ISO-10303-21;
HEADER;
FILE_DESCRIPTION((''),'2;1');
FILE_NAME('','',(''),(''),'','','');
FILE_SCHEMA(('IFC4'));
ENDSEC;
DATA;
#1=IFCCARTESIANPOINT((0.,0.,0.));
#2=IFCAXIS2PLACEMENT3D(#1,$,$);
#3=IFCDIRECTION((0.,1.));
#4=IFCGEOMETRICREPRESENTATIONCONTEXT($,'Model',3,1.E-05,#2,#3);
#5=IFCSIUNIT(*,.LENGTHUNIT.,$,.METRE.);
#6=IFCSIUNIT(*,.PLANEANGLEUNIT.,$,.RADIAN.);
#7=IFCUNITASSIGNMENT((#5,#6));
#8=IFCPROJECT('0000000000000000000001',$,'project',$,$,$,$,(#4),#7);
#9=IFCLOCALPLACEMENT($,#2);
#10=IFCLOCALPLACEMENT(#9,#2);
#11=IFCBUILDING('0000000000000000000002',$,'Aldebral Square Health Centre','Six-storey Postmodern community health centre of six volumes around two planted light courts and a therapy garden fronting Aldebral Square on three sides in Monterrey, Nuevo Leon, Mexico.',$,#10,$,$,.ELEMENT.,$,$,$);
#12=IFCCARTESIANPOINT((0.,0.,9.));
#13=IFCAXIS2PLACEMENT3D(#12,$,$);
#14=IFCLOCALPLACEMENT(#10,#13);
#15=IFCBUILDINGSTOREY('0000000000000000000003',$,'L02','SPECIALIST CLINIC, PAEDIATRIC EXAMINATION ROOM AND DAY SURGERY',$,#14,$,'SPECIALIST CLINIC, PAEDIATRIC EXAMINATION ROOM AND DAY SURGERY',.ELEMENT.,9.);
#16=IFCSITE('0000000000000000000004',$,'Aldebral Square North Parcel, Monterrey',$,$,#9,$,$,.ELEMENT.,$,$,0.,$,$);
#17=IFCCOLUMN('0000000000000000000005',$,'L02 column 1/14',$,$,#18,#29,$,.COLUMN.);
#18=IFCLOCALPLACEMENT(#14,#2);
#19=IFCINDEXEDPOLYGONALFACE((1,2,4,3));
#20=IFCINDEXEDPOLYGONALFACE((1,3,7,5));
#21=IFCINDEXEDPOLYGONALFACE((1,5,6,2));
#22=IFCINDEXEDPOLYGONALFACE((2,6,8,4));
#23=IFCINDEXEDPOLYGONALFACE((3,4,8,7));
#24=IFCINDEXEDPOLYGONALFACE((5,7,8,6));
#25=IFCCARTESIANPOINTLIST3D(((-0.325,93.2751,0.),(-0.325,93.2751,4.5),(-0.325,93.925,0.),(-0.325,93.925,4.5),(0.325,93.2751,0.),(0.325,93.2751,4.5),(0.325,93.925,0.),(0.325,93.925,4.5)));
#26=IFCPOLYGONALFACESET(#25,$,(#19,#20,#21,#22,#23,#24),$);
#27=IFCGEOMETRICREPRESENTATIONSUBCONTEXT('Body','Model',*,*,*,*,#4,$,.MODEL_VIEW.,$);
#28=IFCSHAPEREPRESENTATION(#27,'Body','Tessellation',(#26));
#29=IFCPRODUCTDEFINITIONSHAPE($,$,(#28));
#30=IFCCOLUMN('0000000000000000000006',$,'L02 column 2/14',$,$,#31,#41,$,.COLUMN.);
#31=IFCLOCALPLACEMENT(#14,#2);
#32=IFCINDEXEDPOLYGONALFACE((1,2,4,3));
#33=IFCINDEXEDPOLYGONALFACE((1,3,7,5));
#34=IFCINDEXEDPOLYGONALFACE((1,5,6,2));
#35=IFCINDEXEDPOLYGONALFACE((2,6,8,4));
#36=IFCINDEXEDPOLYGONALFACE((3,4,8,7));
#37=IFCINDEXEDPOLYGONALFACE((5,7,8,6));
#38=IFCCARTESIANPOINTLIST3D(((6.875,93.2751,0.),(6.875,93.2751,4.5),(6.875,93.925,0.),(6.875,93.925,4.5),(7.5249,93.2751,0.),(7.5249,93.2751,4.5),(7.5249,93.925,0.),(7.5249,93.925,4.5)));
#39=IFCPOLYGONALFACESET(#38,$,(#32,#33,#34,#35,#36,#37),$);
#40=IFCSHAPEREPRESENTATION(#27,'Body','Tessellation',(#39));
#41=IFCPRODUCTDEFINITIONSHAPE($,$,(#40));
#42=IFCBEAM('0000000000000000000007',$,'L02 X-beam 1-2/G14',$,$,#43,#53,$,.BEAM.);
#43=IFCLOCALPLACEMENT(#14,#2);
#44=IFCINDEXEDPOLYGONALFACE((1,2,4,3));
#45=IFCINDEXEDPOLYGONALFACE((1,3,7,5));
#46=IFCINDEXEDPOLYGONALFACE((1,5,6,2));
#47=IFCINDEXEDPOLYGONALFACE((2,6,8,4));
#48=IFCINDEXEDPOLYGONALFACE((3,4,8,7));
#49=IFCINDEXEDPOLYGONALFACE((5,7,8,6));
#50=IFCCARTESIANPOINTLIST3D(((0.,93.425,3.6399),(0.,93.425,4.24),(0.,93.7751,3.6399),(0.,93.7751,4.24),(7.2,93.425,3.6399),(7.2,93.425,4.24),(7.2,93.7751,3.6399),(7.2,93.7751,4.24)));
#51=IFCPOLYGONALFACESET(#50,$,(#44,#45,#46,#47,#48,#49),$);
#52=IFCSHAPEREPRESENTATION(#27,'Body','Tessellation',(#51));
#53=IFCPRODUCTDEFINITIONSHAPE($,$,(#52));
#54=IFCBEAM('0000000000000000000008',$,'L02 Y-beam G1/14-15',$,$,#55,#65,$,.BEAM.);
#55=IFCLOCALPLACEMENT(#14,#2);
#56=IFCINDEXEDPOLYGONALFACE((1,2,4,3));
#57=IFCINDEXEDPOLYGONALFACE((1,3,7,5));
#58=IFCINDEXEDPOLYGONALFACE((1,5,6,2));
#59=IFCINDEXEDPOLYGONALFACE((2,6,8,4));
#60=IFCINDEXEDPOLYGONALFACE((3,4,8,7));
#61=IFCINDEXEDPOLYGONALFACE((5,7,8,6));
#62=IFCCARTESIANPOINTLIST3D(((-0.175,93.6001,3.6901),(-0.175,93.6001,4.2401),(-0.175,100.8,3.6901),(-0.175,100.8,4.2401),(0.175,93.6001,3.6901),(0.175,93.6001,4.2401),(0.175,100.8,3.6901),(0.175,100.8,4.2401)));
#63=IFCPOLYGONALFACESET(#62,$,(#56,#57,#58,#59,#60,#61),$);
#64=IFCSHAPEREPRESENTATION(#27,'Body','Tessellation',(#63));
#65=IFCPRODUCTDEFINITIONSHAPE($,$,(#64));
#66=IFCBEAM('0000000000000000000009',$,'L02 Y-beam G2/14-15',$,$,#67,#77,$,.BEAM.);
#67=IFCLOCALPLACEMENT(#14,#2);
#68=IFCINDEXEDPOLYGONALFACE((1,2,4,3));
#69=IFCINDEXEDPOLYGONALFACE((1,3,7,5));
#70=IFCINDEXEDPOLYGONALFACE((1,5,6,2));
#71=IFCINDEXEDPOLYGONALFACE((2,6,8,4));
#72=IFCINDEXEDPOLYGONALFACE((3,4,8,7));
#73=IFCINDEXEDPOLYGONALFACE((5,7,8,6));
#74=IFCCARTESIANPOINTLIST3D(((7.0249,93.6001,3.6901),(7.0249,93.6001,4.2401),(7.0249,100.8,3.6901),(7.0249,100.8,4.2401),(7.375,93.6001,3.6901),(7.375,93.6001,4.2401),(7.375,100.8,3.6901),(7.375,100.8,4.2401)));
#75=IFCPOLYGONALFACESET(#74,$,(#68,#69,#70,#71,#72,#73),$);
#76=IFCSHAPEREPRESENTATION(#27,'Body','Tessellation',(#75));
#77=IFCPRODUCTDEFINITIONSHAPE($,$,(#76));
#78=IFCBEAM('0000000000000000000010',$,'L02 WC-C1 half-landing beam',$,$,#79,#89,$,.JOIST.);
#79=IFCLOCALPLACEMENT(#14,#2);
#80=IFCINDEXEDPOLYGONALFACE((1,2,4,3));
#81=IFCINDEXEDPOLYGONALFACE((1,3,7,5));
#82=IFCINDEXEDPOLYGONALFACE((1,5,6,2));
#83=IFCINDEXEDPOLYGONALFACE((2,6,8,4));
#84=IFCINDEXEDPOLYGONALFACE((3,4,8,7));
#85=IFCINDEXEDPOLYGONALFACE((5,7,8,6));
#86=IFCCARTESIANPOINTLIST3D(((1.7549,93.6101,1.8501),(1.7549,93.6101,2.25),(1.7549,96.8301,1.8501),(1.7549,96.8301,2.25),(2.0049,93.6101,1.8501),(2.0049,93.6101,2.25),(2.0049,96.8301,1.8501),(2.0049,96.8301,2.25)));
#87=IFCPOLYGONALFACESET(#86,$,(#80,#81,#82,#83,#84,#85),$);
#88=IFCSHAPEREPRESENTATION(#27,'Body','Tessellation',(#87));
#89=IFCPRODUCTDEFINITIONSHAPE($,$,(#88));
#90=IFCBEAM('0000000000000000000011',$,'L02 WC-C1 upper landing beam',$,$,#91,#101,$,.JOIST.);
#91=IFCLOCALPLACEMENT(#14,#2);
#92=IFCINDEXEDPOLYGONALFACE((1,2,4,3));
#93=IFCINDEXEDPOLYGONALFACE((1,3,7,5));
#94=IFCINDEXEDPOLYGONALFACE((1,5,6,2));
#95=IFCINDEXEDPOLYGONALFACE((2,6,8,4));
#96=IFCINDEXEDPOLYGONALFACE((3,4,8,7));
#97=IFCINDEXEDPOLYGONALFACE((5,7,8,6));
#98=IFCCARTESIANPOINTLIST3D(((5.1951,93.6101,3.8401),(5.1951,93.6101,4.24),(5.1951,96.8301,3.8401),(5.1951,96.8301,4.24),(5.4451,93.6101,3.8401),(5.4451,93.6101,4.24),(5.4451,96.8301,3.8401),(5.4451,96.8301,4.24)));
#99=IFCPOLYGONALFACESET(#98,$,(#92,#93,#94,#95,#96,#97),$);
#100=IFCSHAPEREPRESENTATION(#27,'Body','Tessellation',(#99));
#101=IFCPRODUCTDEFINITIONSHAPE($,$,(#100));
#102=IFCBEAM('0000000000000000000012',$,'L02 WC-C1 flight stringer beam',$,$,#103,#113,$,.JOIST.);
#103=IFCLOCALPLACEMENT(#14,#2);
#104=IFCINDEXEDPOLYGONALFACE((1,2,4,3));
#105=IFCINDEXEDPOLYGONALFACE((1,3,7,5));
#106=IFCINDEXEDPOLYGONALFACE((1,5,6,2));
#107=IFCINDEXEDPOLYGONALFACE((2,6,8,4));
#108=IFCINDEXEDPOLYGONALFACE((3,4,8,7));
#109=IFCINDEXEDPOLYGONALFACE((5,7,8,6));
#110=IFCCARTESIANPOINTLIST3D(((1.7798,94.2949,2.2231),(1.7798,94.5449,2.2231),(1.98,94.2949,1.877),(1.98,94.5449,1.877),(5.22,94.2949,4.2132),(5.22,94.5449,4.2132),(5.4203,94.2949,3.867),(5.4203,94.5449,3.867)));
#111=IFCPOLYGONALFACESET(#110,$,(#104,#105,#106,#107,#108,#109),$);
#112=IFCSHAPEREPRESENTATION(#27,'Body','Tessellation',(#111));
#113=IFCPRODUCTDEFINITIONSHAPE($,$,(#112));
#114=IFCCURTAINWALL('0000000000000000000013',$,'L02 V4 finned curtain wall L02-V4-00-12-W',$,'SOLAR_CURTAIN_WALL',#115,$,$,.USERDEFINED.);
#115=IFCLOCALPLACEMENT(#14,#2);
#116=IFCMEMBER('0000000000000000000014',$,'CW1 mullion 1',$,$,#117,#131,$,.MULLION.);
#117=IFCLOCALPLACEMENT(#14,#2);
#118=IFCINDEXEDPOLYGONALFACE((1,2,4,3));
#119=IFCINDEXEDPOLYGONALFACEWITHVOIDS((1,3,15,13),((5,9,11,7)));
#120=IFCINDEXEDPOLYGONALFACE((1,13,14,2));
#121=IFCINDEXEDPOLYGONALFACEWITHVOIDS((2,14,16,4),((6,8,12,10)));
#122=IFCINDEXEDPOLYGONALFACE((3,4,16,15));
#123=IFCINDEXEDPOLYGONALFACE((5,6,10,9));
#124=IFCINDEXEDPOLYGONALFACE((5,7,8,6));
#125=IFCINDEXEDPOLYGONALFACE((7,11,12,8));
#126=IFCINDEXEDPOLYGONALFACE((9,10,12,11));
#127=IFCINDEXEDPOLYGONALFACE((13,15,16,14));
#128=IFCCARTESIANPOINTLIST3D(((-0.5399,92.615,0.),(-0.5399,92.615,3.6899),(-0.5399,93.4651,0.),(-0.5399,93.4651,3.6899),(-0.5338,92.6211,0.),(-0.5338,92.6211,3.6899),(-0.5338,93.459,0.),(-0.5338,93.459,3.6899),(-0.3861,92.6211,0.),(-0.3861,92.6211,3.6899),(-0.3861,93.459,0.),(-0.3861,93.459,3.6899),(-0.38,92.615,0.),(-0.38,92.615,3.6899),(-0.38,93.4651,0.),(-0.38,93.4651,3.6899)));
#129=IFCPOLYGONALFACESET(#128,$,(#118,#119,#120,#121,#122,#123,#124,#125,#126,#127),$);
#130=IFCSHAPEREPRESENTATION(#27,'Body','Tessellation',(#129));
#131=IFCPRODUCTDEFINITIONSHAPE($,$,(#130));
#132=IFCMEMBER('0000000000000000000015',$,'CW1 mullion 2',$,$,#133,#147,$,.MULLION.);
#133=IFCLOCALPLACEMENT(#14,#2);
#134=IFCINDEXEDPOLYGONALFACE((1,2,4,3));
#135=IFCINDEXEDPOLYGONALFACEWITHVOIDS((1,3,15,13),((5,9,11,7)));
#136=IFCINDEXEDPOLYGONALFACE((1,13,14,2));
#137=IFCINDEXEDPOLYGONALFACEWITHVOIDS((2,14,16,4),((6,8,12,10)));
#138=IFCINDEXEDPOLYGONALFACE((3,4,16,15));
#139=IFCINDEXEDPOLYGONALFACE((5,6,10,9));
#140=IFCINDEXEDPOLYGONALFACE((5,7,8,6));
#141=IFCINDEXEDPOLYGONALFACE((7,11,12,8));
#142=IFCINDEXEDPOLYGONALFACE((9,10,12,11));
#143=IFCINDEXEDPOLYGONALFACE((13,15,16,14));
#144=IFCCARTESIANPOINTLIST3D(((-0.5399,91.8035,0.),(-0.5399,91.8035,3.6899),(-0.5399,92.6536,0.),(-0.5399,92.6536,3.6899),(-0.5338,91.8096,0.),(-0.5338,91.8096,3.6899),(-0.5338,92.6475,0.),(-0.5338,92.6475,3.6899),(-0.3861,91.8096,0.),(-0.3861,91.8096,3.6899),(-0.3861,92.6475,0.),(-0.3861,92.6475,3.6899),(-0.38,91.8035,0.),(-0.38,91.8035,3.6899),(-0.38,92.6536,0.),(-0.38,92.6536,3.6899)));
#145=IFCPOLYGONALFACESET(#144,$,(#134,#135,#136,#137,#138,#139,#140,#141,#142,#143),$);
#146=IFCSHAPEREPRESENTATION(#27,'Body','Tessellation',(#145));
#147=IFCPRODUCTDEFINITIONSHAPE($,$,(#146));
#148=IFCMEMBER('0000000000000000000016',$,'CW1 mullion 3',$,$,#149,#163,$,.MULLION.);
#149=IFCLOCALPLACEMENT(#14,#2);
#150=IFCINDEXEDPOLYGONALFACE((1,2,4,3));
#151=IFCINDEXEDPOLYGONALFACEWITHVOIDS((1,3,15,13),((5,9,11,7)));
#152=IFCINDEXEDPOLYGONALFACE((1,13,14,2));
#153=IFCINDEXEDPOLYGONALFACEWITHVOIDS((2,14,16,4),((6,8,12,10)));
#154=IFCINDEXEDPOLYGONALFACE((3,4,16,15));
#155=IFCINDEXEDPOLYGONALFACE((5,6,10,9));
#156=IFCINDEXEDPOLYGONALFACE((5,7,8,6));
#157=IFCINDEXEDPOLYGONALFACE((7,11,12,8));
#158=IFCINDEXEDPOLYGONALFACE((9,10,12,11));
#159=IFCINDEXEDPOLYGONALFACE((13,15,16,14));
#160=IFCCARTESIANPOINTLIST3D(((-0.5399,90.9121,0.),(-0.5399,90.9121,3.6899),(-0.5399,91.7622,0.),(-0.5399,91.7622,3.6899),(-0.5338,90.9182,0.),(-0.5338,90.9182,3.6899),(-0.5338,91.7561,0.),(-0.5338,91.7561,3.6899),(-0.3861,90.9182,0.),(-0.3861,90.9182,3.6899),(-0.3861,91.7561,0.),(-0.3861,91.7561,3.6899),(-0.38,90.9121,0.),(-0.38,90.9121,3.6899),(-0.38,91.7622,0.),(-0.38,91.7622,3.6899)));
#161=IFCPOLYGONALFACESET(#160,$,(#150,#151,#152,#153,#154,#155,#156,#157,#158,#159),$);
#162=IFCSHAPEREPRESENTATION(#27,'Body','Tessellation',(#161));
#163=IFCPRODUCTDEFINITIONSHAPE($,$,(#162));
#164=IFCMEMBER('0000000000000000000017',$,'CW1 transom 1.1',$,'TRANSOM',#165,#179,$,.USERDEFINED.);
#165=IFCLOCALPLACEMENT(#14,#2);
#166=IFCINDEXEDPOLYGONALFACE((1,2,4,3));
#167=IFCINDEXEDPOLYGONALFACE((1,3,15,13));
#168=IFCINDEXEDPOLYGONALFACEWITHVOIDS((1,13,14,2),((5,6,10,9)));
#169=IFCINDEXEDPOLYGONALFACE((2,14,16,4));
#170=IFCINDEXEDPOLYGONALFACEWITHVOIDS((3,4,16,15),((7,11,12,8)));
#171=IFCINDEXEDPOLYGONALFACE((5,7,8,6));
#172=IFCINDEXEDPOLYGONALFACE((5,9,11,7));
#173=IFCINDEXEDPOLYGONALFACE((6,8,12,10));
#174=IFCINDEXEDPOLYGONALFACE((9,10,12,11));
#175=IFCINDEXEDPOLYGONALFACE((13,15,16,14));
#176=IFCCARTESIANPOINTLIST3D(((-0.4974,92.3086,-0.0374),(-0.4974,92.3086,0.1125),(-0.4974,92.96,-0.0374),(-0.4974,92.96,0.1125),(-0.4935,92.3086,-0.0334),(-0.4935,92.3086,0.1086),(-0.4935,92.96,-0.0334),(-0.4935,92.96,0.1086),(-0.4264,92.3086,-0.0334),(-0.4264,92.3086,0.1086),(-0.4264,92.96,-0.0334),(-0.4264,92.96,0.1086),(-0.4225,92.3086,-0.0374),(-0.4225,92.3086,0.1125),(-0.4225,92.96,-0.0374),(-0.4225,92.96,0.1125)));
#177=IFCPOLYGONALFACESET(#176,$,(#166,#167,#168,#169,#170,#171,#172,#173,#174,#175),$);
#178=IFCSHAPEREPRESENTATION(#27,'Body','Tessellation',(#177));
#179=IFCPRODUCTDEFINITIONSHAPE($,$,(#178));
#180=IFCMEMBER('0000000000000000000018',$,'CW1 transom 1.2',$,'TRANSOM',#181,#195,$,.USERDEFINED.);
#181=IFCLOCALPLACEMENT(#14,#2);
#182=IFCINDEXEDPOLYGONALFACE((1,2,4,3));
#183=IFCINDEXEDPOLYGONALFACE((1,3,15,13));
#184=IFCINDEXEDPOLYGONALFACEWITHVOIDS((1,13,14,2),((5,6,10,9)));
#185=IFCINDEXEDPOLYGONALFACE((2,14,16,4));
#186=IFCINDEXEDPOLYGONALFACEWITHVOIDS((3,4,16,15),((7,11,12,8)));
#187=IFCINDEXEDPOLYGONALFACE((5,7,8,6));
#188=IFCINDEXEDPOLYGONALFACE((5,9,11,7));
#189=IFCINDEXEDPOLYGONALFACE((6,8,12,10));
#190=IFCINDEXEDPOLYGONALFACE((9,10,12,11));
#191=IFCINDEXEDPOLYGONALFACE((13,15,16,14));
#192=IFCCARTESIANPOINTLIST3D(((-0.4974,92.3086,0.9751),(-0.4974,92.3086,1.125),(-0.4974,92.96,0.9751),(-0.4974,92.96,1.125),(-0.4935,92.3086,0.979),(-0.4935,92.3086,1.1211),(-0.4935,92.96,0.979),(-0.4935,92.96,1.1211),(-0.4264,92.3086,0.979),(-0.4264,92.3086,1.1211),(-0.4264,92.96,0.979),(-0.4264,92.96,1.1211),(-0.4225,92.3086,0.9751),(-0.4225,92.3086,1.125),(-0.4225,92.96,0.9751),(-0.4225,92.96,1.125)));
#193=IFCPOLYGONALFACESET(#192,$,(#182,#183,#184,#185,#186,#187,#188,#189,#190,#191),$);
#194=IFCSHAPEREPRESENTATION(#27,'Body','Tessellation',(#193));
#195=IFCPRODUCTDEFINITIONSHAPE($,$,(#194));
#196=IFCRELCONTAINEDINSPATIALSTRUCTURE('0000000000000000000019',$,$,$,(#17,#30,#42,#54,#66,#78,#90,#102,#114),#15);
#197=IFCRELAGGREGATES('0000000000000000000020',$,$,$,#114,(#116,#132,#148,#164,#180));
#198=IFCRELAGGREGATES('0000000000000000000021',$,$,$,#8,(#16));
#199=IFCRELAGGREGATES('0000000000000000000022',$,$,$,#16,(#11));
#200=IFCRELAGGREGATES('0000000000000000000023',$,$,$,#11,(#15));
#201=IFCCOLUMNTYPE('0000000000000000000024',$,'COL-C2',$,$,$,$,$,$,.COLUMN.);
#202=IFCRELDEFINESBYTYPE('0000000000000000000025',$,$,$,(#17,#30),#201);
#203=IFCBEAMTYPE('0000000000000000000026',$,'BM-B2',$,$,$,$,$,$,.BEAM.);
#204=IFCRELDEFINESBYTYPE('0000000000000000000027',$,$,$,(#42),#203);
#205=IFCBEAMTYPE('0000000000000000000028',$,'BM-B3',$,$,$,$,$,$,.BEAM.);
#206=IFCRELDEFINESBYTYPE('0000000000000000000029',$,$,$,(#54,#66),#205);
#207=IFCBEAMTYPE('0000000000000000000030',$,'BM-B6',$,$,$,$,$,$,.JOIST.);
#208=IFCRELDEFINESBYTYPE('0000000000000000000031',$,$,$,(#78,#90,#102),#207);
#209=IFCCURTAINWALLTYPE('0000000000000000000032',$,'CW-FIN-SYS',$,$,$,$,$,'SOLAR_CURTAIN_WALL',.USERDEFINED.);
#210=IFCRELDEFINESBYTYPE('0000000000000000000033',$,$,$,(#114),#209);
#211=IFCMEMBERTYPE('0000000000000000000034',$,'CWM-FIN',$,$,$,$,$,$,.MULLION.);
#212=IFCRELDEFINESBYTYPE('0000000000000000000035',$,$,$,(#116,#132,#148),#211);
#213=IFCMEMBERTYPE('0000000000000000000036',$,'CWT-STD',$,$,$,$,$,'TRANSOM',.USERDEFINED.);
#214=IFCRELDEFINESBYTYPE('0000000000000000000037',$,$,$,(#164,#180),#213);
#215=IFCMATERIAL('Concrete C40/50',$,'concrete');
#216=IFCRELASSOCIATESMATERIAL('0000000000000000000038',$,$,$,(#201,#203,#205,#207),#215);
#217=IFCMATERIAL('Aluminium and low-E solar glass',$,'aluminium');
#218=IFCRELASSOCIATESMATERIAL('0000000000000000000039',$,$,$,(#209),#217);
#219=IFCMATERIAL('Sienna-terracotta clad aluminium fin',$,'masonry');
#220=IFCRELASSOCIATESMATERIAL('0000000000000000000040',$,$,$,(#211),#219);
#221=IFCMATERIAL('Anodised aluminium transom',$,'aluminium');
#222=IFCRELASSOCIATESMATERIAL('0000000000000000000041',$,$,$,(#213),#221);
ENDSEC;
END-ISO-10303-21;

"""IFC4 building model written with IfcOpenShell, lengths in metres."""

from ifc_helpers import new_model, si_unit, direction, frame, origin, origin_2d, place, context, subcontext, project, spatial, rectangle, hollow_rectangle, extrude, material, material_profile, profile_set, type_object, element, aggregate, save


model = new_model("IFC4")

# Units and contexts
model_context = context("Model", 3, precision=1e-05, world=origin(), true_north=direction((0.0, 1.0)))
body_context = subcontext(model_context, "Body", "Model", "MODEL_VIEW")
ifc_project = project(units=[si_unit("LENGTHUNIT", "METRE"), si_unit("PLANEANGLEUNIT", "RADIAN")], contexts=[model_context])

# Site, building, storey
site_placement = place(None, origin())
site = spatial("IfcSite", under=ifc_project, at=site_placement, Name="Aldebral Square North Parcel, Monterrey", CompositionType="ELEMENT", RefElevation=0.0)
building_placement = place(site_placement, origin())
building = spatial("IfcBuilding", under=site, at=building_placement, Name="Aldebral Square Health Centre", Description="Six-storey Postmodern community health centre of six volumes around two planted light courts and a therapy garden fronting Aldebral Square on three sides in Monterrey, Nuevo Leon, Mexico.", CompositionType="ELEMENT")
storey_placement = place(building_placement, frame((0.0, 0.0, 9.0)))
storey = spatial("IfcBuildingStorey", under=building, at=storey_placement, Name="L02", Description="SPECIALIST CLINIC, PAEDIATRIC EXAMINATION ROOM AND DAY SURGERY", LongName="SPECIALIST CLINIC, PAEDIATRIC EXAMINATION ROOM AND DAY SURGERY", CompositionType="ELEMENT", Elevation=9.0)

# Columns
ifc_material_1 = material(Name="Concrete C40/50", Category="concrete")
ifc_material_profile_1 = material_profile(ifc_material_1, rectangle(XDim=0.6499, YDim=0.6499, at=origin_2d()), Name="RC 650x650")
ifc_profile_set_1 = profile_set([ifc_material_profile_1], Name="Concrete C40/50")
column_type = type_object("IfcColumnType", Name="COL-C2", PredefinedType="COLUMN", material=ifc_profile_set_1)
for number, where, z_axis, x_axis, name in (
    (1, (0.0, 93.6001, 0.0), (0.0, 0.0, 1.0), (1.0, 0.0, 0.0), "L02 column 1/14"),
    (2, (7.2, 93.6001, 0.0), (0.0, 0.0, 1.0), (1.0, 0.0, 0.0), "L02 column 2/14"),
):
    element("IfcColumn", number, at=place(storey_placement, frame(where, z_axis=z_axis, x_axis=x_axis)), inside=storey, type_object=column_type, Name=name, PredefinedType="COLUMN", context=body_context, shape_type="SweptSolid", body=[
        extrude(rectangle(XDim=0.6499, YDim=0.6499, at=origin_2d()), origin(), (0.0, 0.0, 1.0), 4.5),
    ])

# Beams
ifc_material_profile_2 = material_profile(ifc_material_1, rectangle(XDim=0.3501, YDim=0.6001, at=origin_2d()), Name="RC 350x600")
ifc_profile_set_2 = profile_set([ifc_material_profile_2], Name="Concrete C40/50")
beam_type_1 = type_object("IfcBeamType", Name="BM-B2", PredefinedType="BEAM", material=ifc_profile_set_2)
beam_1_placement = place(storey_placement, frame((0.0, 93.6001, 3.9399), z_axis=(1.0, 0.0, 0.0), x_axis=(0.0, 1.0, 0.0)))
element("IfcBeam", 3, at=beam_1_placement, inside=storey, type_object=beam_type_1, Name="L02 X-beam 1-2/G14", PredefinedType="BEAM", context=body_context, shape_type="SweptSolid", body=[
    extrude(rectangle(XDim=0.3501, YDim=0.6001, at=origin_2d()), origin(), (0.0, 0.0, 1.0), 7.2),
])
ifc_material_profile_3 = material_profile(ifc_material_1, rectangle(XDim=0.3501, YDim=0.55, at=origin_2d()), Name="RC 350x550")
ifc_profile_set_3 = profile_set([ifc_material_profile_3], Name="Concrete C40/50")
beam_type_2 = type_object("IfcBeamType", Name="BM-B3", PredefinedType="BEAM", material=ifc_profile_set_3)
for number, where, z_axis, x_axis, name in (
    (4, (0.0, 93.6001, 3.9651), (0.0, 1.0, 0.0), (-1.0, 0.0, 0.0), "L02 Y-beam G1/14-15"),
    (5, (7.2, 93.6001, 3.9651), (0.0, 1.0, 0.0), (-1.0, 0.0, 0.0), "L02 Y-beam G2/14-15"),
):
    element("IfcBeam", number, at=place(storey_placement, frame(where, z_axis=z_axis, x_axis=x_axis)), inside=storey, type_object=beam_type_2, Name=name, PredefinedType="BEAM", context=body_context, shape_type="SweptSolid", body=[
        extrude(rectangle(XDim=0.3501, YDim=0.55, at=origin_2d()), origin(), (0.0, 0.0, 1.0), 7.2),
    ])
ifc_material_profile_4 = material_profile(ifc_material_1, rectangle(XDim=0.25, YDim=0.3999, at=origin_2d()), Name="RC 250x400")
ifc_profile_set_4 = profile_set([ifc_material_profile_4], Name="Concrete C40/50")
beam_type_3 = type_object("IfcBeamType", Name="BM-B6", PredefinedType="JOIST", material=ifc_profile_set_4)
for number, where, z_axis, x_axis, name in (
    (6, (1.8799, 93.6101, 2.05), (0.0, 1.0, 0.0), (-1.0, 0.0, 0.0), "L02 WC-C1 half-landing beam"),
    (7, (5.3201, 93.6101, 4.04), (0.0, 1.0, 0.0), (-1.0, 0.0, 0.0), "L02 WC-C1 upper landing beam"),
):
    element("IfcBeam", number, at=place(storey_placement, frame(where, z_axis=z_axis, x_axis=x_axis)), inside=storey, type_object=beam_type_3, Name=name, PredefinedType="JOIST", context=body_context, shape_type="SweptSolid", body=[
        extrude(rectangle(XDim=0.25, YDim=0.3999, at=origin_2d()), origin(), (0.0, 0.0, 1.0), 3.22),
    ])
beam_2_placement = place(storey_placement, frame((1.8799, 94.4199, 2.05), z_axis=(0.865611, 0.0, 0.500717), x_axis=(0.0, 1.0, 0.0)))
element("IfcBeam", 8, at=beam_2_placement, inside=storey, type_object=beam_type_3, Name="L02 WC-C1 flight stringer beam", PredefinedType="JOIST", context=body_context, shape_type="SweptSolid", body=[
    extrude(rectangle(XDim=0.25, YDim=0.3999, at=origin_2d()), origin(), (0.0, 0.0, 1.0), 3.9744),
])

# Curtain wall, members
ifc_material_2 = material(Name="Aluminium and low-E solar glass", Category="aluminium")
curtain_wall_type = type_object("IfcCurtainWallType", Name="CW-FIN-SYS", ElementType="SOLAR_CURTAIN_WALL", PredefinedType="USERDEFINED", material=ifc_material_2)
curtain_wall_placement = place(storey_placement, origin())
curtain_wall = element("IfcCurtainWall", 9, at=curtain_wall_placement, inside=storey, type_object=curtain_wall_type, Name="L02 V4 finned curtain wall L02-V4-00-12-W", ObjectType="SOLAR_CURTAIN_WALL", PredefinedType="USERDEFINED")
ifc_material_3 = material(Name="Sienna-terracotta clad aluminium fin", Category="masonry")
ifc_material_profile_5 = material_profile(ifc_material_3, hollow_rectangle(XDim=0.1599, YDim=0.8501, WallThickness=0.0061, at=origin_2d()), Name="FIN 160x850x6")
ifc_profile_set_5 = profile_set([ifc_material_profile_5], Name="Sienna-terracotta clad aluminium fin")
member_type_1 = type_object("IfcMemberType", Name="CWM-FIN", PredefinedType="MULLION", material=ifc_profile_set_5)
member_1_placement = place(storey_placement, frame((-0.46, 93.04, 0.0), z_axis=(0.0, 0.0, 1.0), x_axis=(1.0, 0.0, 0.0)))
member_1 = element("IfcMember", 10, at=member_1_placement, type_object=member_type_1, Name="CW1 mullion 1", PredefinedType="MULLION", context=body_context, shape_type="SweptSolid", body=[
    extrude(hollow_rectangle(XDim=0.1599, YDim=0.8501, WallThickness=0.0061, at=origin_2d()), origin(), (0.0, 0.0, 1.0), 3.6899),
])
member_2_placement = place(storey_placement, frame((-0.46, 92.2285, 0.0), z_axis=(0.0, 0.0, 1.0), x_axis=(1.0, 0.0, 0.0)))
member_2 = element("IfcMember", 11, at=member_2_placement, type_object=member_type_1, Name="CW1 mullion 2", PredefinedType="MULLION", context=body_context, shape_type="SweptSolid", body=[
    extrude(hollow_rectangle(XDim=0.1599, YDim=0.8501, WallThickness=0.0061, at=origin_2d()), origin(), (0.0, 0.0, 1.0), 3.6899),
])
member_3_placement = place(storey_placement, frame((-0.46, 91.3372, 0.0), z_axis=(0.0, 0.0, 1.0), x_axis=(1.0, 0.0, 0.0)))
member_3 = element("IfcMember", 12, at=member_3_placement, type_object=member_type_1, Name="CW1 mullion 3", PredefinedType="MULLION", context=body_context, shape_type="SweptSolid", body=[
    extrude(hollow_rectangle(XDim=0.1599, YDim=0.8501, WallThickness=0.0061, at=origin_2d()), origin(), (0.0, 0.0, 1.0), 3.6899),
])
ifc_material_4 = material(Name="Anodised aluminium transom", Category="aluminium")
ifc_material_profile_6 = material_profile(ifc_material_4, hollow_rectangle(XDim=0.075, YDim=0.1499, WallThickness=0.0039, at=origin_2d()), Name="CWT 75x150x4")
ifc_profile_set_6 = profile_set([ifc_material_profile_6], Name="Anodised aluminium transom")
member_type_2 = type_object("IfcMemberType", Name="CWT-STD", ElementType="TRANSOM", PredefinedType="USERDEFINED", material=ifc_profile_set_6)
member_4_placement = place(storey_placement, frame((-0.46, 92.96, 0.0376), z_axis=(0.0, -1.0, 0.0), x_axis=(1.0, 0.0, 0.0)))
member_4 = element("IfcMember", 13, at=member_4_placement, type_object=member_type_2, Name="CW1 transom 1.1", ObjectType="TRANSOM", PredefinedType="USERDEFINED", context=body_context, shape_type="SweptSolid", body=[
    extrude(hollow_rectangle(XDim=0.075, YDim=0.1499, WallThickness=0.0039, at=origin_2d()), origin(), (0.0, 0.0, 1.0), 0.6514),
])
member_5_placement = place(storey_placement, frame((-0.46, 92.96, 1.05), z_axis=(0.0, -1.0, 0.0), x_axis=(1.0, 0.0, 0.0)))
member_5 = element("IfcMember", 14, at=member_5_placement, type_object=member_type_2, Name="CW1 transom 1.2", ObjectType="TRANSOM", PredefinedType="USERDEFINED", context=body_context, shape_type="SweptSolid", body=[
    extrude(hollow_rectangle(XDim=0.075, YDim=0.1499, WallThickness=0.0039, at=origin_2d()), origin(), (0.0, 0.0, 1.0), 0.6514),
])
aggregate(curtain_wall, [member_1, member_2, member_3, member_4, member_5])

save(model, "model.ifc")
